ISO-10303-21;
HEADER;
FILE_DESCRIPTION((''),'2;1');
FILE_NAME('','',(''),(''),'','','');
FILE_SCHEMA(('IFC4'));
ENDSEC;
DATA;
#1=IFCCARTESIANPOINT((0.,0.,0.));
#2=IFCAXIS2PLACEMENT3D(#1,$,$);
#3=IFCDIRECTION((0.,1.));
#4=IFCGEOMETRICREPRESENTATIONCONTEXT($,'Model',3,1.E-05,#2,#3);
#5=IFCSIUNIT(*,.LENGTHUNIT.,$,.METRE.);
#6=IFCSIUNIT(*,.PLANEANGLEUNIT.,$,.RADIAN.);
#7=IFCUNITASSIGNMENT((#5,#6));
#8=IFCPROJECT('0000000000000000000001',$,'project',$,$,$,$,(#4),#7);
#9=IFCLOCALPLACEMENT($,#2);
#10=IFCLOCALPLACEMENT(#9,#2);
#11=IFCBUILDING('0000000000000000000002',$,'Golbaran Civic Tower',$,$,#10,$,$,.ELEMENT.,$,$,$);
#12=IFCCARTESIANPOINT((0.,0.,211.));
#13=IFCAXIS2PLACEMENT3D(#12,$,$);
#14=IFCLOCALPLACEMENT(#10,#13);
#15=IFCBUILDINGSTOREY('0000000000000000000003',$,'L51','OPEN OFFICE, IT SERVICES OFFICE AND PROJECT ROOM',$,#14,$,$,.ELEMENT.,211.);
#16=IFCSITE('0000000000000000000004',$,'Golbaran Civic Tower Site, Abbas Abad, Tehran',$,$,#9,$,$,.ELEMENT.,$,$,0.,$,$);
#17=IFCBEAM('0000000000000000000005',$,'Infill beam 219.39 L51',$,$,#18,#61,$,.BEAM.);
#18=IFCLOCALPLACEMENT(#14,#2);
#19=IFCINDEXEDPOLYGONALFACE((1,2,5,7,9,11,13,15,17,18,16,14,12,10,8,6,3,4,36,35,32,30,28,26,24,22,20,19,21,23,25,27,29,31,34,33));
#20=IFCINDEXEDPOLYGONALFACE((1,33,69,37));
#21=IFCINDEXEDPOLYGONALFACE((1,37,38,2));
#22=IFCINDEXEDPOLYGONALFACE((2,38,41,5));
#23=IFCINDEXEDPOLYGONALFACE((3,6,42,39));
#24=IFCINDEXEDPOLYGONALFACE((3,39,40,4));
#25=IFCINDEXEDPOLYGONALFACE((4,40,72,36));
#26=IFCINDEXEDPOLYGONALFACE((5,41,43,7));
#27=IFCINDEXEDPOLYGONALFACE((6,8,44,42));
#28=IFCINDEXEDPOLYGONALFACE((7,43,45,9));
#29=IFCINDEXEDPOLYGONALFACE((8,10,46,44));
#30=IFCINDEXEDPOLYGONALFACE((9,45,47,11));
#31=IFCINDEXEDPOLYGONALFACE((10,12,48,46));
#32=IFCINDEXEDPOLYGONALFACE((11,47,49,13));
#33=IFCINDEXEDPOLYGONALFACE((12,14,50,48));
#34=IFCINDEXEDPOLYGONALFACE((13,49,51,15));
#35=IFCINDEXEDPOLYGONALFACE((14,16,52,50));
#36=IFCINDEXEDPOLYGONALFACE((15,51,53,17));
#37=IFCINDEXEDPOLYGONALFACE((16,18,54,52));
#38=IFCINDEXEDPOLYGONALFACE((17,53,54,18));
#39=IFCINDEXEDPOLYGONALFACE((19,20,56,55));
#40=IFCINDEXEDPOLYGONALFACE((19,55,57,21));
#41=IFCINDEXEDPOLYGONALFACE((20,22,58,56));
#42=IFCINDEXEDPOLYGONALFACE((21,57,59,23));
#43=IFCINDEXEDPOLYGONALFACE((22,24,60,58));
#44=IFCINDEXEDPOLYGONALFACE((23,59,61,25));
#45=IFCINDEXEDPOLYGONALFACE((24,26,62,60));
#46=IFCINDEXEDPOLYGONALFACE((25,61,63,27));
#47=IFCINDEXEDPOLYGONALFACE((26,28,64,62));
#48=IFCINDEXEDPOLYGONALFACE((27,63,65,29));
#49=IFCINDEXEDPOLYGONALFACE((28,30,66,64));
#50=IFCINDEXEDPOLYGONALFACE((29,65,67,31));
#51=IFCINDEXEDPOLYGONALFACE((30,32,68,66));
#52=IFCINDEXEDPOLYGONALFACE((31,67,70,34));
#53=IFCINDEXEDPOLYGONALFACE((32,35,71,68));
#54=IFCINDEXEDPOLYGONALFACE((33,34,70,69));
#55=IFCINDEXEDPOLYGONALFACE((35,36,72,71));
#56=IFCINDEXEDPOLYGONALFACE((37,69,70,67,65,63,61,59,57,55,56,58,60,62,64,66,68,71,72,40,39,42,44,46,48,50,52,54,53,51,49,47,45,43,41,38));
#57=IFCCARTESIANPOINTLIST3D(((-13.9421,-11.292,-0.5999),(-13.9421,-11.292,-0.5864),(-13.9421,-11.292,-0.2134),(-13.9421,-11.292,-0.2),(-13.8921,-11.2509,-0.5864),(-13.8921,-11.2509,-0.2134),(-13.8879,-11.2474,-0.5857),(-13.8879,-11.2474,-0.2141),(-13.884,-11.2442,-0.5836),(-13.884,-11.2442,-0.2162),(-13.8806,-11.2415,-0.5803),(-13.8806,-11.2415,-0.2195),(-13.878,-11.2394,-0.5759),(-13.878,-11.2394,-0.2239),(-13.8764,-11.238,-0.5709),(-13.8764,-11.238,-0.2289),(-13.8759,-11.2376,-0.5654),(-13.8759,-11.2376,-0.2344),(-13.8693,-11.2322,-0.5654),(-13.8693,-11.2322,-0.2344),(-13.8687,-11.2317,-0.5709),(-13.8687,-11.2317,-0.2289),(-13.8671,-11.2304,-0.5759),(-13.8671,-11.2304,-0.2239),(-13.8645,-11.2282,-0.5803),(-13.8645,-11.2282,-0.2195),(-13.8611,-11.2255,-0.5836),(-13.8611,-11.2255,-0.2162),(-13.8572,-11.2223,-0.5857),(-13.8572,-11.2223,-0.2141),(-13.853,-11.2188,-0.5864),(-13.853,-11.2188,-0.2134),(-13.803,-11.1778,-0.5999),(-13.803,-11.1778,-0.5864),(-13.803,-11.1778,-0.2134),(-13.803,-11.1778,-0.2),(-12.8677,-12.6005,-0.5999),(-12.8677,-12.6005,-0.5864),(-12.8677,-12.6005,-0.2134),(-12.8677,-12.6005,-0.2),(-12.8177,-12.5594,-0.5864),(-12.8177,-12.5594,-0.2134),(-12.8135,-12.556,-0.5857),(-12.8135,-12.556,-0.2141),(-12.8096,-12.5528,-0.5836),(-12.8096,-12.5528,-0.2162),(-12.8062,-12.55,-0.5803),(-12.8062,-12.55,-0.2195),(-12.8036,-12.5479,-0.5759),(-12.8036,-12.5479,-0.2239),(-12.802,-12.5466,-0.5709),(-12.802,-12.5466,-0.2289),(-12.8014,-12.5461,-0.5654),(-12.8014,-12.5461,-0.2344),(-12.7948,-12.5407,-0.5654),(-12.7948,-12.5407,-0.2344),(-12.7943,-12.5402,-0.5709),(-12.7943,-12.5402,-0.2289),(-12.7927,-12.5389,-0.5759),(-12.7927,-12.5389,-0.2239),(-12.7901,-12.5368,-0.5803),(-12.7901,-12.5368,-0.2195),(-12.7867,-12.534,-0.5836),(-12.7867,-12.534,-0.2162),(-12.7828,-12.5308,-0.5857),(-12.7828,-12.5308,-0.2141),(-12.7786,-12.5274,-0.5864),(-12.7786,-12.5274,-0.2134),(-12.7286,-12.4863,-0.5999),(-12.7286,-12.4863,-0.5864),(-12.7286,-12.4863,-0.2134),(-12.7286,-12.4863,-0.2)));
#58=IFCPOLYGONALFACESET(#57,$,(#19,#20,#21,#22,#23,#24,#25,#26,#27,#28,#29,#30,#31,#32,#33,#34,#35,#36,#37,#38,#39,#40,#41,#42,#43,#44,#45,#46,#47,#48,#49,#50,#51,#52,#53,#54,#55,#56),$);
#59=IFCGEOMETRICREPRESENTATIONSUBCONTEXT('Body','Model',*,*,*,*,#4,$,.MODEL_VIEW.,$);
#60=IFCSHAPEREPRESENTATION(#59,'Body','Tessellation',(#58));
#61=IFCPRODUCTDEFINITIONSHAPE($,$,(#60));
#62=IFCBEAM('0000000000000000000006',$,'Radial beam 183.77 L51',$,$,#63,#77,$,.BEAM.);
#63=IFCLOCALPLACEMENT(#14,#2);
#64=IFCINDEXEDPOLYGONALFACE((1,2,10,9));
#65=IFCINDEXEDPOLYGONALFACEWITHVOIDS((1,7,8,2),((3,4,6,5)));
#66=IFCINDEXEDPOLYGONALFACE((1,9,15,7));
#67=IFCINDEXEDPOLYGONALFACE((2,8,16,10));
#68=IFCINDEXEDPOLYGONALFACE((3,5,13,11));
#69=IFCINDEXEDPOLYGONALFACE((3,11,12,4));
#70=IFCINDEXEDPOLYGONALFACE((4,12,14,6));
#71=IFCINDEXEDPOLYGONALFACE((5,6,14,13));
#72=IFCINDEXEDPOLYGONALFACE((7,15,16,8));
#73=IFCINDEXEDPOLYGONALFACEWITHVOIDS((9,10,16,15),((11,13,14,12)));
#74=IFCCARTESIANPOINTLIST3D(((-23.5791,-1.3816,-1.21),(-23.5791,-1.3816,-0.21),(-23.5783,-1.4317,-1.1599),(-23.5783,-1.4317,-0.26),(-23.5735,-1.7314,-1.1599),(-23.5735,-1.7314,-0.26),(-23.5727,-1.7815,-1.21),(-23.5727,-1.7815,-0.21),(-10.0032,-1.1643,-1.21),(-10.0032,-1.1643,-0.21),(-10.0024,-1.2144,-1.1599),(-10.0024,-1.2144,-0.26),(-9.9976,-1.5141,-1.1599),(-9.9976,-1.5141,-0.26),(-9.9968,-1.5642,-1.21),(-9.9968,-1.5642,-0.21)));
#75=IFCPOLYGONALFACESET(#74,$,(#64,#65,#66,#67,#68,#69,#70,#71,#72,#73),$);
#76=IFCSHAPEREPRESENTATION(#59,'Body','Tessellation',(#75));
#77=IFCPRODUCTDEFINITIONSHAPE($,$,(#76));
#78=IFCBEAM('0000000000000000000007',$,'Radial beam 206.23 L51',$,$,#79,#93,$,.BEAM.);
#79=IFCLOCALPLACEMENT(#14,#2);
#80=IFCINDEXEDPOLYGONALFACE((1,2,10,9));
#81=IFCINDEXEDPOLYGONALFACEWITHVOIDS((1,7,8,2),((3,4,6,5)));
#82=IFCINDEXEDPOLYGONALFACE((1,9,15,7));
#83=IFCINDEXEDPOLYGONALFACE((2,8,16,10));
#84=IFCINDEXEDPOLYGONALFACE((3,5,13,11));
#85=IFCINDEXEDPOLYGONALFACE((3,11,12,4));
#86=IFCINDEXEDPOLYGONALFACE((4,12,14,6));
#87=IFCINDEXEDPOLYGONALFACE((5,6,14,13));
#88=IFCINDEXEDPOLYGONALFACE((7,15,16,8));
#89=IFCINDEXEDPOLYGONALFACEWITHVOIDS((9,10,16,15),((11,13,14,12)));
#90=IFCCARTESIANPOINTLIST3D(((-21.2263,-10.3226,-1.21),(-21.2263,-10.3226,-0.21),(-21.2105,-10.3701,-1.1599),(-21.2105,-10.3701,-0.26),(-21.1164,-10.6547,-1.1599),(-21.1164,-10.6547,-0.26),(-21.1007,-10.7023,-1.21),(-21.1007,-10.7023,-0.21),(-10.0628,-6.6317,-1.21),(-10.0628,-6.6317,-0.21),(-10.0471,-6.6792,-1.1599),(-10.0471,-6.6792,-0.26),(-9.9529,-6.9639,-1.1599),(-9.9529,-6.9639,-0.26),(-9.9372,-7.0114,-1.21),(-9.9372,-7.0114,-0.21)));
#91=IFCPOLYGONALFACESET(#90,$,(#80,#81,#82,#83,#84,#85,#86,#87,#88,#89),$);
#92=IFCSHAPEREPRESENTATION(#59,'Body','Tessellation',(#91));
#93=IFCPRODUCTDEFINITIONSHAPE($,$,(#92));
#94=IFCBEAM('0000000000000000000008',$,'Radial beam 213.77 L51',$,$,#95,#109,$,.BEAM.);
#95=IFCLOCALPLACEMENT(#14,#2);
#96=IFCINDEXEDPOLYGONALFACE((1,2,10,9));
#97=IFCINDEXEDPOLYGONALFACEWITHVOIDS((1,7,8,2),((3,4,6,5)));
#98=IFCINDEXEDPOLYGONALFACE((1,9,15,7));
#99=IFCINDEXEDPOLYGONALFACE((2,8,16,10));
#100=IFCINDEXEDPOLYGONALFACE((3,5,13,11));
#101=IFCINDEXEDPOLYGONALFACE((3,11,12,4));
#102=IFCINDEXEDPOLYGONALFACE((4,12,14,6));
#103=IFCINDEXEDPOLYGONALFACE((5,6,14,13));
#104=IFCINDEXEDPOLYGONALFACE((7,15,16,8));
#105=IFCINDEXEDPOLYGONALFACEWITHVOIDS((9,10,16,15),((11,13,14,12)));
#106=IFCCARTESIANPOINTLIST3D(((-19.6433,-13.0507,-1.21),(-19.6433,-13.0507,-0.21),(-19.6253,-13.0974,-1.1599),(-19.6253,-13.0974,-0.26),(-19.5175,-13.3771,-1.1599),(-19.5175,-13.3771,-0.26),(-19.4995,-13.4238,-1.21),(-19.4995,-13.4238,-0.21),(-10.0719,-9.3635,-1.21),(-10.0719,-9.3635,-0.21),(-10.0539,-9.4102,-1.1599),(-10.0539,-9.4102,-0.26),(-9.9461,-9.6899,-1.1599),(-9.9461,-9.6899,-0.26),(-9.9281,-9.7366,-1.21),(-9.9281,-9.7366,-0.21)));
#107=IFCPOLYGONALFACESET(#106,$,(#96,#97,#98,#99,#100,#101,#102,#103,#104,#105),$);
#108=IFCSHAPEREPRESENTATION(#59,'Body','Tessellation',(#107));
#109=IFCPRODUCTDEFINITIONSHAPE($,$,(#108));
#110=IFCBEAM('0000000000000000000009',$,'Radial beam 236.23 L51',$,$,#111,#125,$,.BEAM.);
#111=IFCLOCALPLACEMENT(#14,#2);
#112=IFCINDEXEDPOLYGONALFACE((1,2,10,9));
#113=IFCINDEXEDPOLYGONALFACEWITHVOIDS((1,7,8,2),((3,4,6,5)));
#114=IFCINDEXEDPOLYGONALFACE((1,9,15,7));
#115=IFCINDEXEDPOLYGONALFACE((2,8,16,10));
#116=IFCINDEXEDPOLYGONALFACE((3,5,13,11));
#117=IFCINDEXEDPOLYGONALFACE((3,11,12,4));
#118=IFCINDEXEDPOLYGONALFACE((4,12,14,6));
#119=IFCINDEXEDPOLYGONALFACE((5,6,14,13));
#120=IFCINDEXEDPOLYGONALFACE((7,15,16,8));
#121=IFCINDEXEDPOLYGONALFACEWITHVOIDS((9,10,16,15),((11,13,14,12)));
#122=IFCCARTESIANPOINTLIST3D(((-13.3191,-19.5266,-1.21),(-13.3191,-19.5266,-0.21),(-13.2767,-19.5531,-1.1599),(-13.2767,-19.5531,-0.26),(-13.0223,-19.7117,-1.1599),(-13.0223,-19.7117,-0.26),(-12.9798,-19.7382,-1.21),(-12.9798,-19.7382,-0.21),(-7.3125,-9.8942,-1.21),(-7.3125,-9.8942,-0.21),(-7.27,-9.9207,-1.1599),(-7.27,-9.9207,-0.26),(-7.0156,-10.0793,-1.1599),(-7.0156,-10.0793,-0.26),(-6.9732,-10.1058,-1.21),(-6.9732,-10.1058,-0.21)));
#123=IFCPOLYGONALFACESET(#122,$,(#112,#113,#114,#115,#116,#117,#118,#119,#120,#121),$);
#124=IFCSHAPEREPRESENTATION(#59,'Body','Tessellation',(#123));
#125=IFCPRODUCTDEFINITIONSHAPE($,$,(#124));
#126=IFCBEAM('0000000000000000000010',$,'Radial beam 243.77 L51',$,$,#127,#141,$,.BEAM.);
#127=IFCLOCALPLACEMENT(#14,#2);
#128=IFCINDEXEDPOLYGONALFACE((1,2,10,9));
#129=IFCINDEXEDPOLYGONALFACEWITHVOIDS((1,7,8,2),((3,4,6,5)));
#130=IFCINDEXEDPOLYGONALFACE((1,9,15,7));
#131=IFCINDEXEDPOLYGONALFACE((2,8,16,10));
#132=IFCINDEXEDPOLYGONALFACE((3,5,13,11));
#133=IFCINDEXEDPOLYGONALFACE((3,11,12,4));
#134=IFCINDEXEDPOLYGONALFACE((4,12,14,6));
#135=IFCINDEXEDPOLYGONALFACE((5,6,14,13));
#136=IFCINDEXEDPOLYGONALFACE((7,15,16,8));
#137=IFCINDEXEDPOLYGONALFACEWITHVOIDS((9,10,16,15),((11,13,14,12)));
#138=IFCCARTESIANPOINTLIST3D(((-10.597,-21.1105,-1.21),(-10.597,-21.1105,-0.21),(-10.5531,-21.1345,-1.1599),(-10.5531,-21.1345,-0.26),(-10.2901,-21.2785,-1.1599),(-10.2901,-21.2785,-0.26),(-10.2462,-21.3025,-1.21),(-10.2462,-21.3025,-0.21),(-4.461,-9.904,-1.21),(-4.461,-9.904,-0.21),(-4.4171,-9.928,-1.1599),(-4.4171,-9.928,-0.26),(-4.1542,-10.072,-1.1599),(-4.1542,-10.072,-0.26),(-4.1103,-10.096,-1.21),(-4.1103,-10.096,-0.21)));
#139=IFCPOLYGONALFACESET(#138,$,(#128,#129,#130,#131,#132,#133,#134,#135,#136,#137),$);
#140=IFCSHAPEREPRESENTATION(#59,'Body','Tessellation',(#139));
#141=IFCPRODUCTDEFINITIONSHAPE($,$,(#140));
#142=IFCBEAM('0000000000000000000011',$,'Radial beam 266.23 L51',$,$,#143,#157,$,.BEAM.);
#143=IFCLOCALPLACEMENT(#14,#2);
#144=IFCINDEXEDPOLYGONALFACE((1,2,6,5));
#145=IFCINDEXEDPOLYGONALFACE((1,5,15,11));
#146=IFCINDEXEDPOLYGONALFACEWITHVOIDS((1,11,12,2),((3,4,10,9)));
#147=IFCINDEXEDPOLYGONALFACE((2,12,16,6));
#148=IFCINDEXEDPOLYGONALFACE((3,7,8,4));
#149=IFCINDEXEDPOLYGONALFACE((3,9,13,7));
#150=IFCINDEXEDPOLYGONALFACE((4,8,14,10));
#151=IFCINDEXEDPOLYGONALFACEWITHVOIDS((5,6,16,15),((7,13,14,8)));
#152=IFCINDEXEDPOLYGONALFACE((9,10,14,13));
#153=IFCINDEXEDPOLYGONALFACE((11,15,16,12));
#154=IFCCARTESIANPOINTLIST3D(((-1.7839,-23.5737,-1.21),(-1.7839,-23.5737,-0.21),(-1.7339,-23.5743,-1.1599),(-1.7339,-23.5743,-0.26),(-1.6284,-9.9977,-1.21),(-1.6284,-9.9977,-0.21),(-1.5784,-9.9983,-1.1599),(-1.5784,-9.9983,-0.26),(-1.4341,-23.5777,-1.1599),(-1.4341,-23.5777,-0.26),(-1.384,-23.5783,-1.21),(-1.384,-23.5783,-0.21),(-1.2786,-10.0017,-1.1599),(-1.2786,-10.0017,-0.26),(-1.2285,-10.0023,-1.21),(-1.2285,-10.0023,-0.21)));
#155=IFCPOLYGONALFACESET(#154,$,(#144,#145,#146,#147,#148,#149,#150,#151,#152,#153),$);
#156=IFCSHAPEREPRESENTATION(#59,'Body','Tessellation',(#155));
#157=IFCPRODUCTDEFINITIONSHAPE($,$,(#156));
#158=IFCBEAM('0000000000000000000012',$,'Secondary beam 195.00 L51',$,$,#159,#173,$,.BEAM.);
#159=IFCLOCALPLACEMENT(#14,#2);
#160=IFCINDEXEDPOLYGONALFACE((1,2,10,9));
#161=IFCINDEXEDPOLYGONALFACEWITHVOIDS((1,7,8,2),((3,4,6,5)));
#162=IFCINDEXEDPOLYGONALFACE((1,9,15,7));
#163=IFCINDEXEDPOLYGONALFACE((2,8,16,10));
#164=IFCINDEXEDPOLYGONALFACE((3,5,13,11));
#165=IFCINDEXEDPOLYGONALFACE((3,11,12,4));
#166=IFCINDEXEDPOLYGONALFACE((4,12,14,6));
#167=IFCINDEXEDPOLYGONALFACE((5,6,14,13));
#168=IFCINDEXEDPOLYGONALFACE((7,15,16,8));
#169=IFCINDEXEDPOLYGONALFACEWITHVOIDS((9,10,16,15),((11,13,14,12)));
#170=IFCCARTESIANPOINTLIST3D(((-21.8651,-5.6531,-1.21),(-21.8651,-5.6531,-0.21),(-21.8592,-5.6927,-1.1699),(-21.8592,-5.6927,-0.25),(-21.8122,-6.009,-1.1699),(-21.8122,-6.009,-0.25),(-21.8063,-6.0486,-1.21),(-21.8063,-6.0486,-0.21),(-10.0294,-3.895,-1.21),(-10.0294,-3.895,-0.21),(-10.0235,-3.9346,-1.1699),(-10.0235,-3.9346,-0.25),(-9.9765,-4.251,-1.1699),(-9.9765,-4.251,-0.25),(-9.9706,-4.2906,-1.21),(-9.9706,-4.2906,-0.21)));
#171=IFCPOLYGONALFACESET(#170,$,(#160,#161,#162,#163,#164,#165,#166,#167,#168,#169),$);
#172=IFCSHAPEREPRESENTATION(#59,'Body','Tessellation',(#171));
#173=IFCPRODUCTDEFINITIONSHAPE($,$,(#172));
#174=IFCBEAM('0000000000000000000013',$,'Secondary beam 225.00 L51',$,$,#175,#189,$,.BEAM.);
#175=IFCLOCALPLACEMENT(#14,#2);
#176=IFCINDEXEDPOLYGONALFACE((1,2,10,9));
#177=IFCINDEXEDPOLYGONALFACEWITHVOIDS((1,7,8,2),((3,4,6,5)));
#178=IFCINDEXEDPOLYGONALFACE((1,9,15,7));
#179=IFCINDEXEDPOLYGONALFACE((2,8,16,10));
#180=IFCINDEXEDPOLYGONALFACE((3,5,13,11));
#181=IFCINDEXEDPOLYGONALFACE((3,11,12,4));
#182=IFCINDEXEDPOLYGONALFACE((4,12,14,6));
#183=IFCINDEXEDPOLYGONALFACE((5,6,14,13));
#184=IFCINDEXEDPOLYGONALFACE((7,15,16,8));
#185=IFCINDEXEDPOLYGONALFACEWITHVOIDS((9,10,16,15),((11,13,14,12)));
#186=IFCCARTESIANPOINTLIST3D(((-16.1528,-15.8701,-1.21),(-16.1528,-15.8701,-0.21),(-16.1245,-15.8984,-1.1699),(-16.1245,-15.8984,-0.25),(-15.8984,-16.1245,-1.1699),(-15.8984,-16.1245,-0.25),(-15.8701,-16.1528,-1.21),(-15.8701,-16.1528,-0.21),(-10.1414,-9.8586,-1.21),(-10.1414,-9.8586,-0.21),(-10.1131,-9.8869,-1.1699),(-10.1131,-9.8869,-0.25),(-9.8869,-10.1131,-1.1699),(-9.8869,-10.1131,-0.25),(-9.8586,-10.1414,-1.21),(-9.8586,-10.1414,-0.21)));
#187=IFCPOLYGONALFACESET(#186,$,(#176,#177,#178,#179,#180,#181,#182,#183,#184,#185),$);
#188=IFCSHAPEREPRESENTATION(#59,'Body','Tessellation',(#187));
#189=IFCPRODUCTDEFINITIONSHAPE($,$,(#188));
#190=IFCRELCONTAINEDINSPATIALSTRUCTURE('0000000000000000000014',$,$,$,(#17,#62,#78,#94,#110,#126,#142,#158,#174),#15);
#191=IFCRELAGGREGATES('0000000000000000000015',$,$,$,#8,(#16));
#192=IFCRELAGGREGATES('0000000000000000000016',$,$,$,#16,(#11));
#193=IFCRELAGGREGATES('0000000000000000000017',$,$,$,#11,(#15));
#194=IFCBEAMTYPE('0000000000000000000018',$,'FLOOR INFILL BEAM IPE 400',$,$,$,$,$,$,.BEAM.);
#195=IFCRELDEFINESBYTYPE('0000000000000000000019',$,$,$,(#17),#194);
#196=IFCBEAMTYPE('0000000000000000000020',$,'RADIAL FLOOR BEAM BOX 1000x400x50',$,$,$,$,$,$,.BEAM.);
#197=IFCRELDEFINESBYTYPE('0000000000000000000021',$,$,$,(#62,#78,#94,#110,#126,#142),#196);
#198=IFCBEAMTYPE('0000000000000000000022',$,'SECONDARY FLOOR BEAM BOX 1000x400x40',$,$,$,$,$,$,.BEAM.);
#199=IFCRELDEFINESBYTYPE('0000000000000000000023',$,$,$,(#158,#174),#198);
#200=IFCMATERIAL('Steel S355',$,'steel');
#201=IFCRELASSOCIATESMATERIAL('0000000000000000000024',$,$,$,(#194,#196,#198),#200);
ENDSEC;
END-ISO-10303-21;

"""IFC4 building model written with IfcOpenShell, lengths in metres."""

from ifc_helpers import new_model, si_unit, direction, frame, origin, origin_2d, place, context, subcontext, project, spatial, hollow_rectangle, i_section, extrude, material, material_profile, profile_set, type_object, element, save


model = new_model("IFC4")

# Units and contexts
model_context = context("Model", 3, precision=1e-05, world=origin(), true_north=direction((0.0, 1.0)))
body_context = subcontext(model_context, "Body", "Model", "MODEL_VIEW")
ifc_project = project(units=[si_unit("LENGTHUNIT", "METRE"), si_unit("PLANEANGLEUNIT", "RADIAN")], contexts=[model_context])

# Site, building, storey
site_placement = place(None, origin())
site = spatial("IfcSite", under=ifc_project, at=site_placement, Name="Golbaran Civic Tower Site, Abbas Abad, Tehran", CompositionType="ELEMENT", RefElevation=0.0)
building_placement = place(site_placement, origin())
building = spatial("IfcBuilding", under=site, at=building_placement, Name="Golbaran Civic Tower", CompositionType="ELEMENT")
storey_placement = place(building_placement, frame((0.0, 0.0, 211.0)))
storey = spatial("IfcBuildingStorey", under=building, at=storey_placement, Name="L51", Description="OPEN OFFICE, IT SERVICES OFFICE AND PROJECT ROOM", CompositionType="ELEMENT", Elevation=211.0)

# Beams
ifc_material_1 = material(Name="Steel S355", Category="steel")
ifc_material_profile_1 = material_profile(ifc_material_1, i_section(OverallWidth=0.1799, OverallDepth=0.3999, WebThickness=0.0085, FlangeThickness=0.0134, FilletRadius=0.021, at=origin_2d()), Name="IPE 400")
ifc_profile_set_1 = profile_set([ifc_material_profile_1], Name="Steel S355")
beam_type_1 = type_object("IfcBeamType", Name="FLOOR INFILL BEAM IPE 400", PredefinedType="BEAM", material=ifc_profile_set_1)
beam_1_placement = place(storey_placement, frame((-13.8726, -11.2349, -0.3999), z_axis=(0.63458, -0.772858, 0.0), x_axis=(0.772858, 0.63458, 0.0)))
element("IfcBeam", 1, at=beam_1_placement, inside=storey, type_object=beam_type_1, Name="Infill beam 219.39 L51", PredefinedType="BEAM", context=body_context, shape_type="SweptSolid", body=[
    extrude(i_section(OverallWidth=0.1799, OverallDepth=0.3999, WebThickness=0.0085, FlangeThickness=0.0134, FilletRadius=0.021, at=origin_2d()), origin(), (0.0, 0.0, 1.0), 1.6931),
])
ifc_material_profile_2 = material_profile(ifc_material_1, hollow_rectangle(XDim=0.3999, YDim=1.0, WallThickness=0.05, at=origin_2d()), Name="BOX 1000x400x50")
ifc_profile_set_2 = profile_set([ifc_material_profile_2], Name="Steel S355")
beam_type_2 = type_object("IfcBeamType", Name="RADIAL FLOOR BEAM BOX 1000x400x50", PredefinedType="BEAM", material=ifc_profile_set_2)
beam_2_placement = place(storey_placement, frame((-10.0, -1.3643, -0.71), z_axis=(-0.999872, -0.016003, 0.0), x_axis=(0.016003, -0.999872, 0.0)))
element("IfcBeam", 2, at=beam_2_placement, inside=storey, type_object=beam_type_2, Name="Radial beam 183.77 L51", PredefinedType="BEAM", context=body_context, shape_type="SweptSolid", body=[
    extrude(hollow_rectangle(XDim=0.3999, YDim=1.0, WallThickness=0.05, at=origin_2d()), origin(), (0.0, 0.0, 1.0), 13.5776),
])
beam_3_placement = place(storey_placement, frame((-10.0, -6.8215, -0.71), z_axis=(-0.949453, -0.31391, 0.0), x_axis=(0.31391, -0.949453, 0.0)))
element("IfcBeam", 3, at=beam_3_placement, inside=storey, type_object=beam_type_2, Name="Radial beam 206.23 L51", PredefinedType="BEAM", context=body_context, shape_type="SweptSolid", body=[
    extrude(hollow_rectangle(XDim=0.3999, YDim=1.0, WallThickness=0.05, at=origin_2d()), origin(), (0.0, 0.0, 1.0), 11.7578),
])
beam_4_placement = place(storey_placement, frame((-10.0, -9.55, -0.71), z_axis=(-0.933153, -0.35948, 0.0), x_axis=(0.35948, -0.933153, 0.0)))
element("IfcBeam", 4, at=beam_4_placement, inside=storey, type_object=beam_type_2, Name="Radial beam 213.77 L51", PredefinedType="BEAM", context=body_context, shape_type="SweptSolid", body=[
    extrude(hollow_rectangle(XDim=0.3999, YDim=1.0, WallThickness=0.05, at=origin_2d()), origin(), (0.0, 0.0, 1.0), 10.2571),
])
beam_5_placement = place(storey_placement, frame((-7.1428, -10.0, -0.71), z_axis=(-0.529136, -0.848537, 0.0), x_axis=(0.848537, -0.529136, 0.0)))
element("IfcBeam", 5, at=beam_5_placement, inside=storey, type_object=beam_type_2, Name="Radial beam 236.23 L51", PredefinedType="BEAM", context=body_context, shape_type="SweptSolid", body=[
    extrude(hollow_rectangle(XDim=0.3999, YDim=1.0, WallThickness=0.05, at=origin_2d()), origin(), (0.0, 0.0, 1.0), 11.3518),
])
beam_6_placement = place(storey_placement, frame((-4.2856, -10.0, -0.71), z_axis=(-0.480259, -0.877127, 0.0), x_axis=(0.877127, -0.480259, 0.0)))
element("IfcBeam", 6, at=beam_6_placement, inside=storey, type_object=beam_type_2, Name="Radial beam 243.77 L51", PredefinedType="BEAM", context=body_context, shape_type="SweptSolid", body=[
    extrude(hollow_rectangle(XDim=0.3999, YDim=1.0, WallThickness=0.05, at=origin_2d()), origin(), (0.0, 0.0, 1.0), 12.7764),
])
beam_7_placement = place(storey_placement, frame((-1.4285, -10.0, -0.71), z_axis=(-0.011455, -0.999934, 0.0), x_axis=(0.999934, -0.011455, 0.0)))
element("IfcBeam", 7, at=beam_7_placement, inside=storey, type_object=beam_type_2, Name="Radial beam 266.23 L51", PredefinedType="BEAM", context=body_context, shape_type="SweptSolid", body=[
    extrude(hollow_rectangle(XDim=0.3999, YDim=1.0, WallThickness=0.05, at=origin_2d()), origin(), (0.0, 0.0, 1.0), 13.5769),
])
ifc_material_profile_3 = material_profile(ifc_material_1, hollow_rectangle(XDim=0.3999, YDim=1.0, WallThickness=0.04, at=origin_2d()), Name="BOX 1000x400x40")
ifc_profile_set_3 = profile_set([ifc_material_profile_3], Name="Steel S355")
beam_type_3 = type_object("IfcBeamType", Name="SECONDARY FLOOR BEAM BOX 1000x400x40", PredefinedType="BEAM", material=ifc_profile_set_3)
beam_8_placement = place(storey_placement, frame((-10.0, -4.0928, -0.71), z_axis=(-0.989147, -0.146927, 0.0), x_axis=(0.146927, -0.989147, 0.0)))
element("IfcBeam", 8, at=beam_8_placement, inside=storey, type_object=beam_type_3, Name="Secondary beam 195.00 L51", PredefinedType="BEAM", context=body_context, shape_type="SweptSolid", body=[
    extrude(hollow_rectangle(XDim=0.3999, YDim=1.0, WallThickness=0.04, at=origin_2d()), origin(), (0.0, 0.0, 1.0), 11.9656),
])
beam_9_placement = place(storey_placement, frame((-10.0, -10.0, -0.71), z_axis=(-0.707107, -0.707107, 0.0), x_axis=(0.707107, -0.707107, 0.0)))
element("IfcBeam", 9, at=beam_9_placement, inside=storey, type_object=beam_type_3, Name="Secondary beam 225.00 L51", PredefinedType="BEAM", context=body_context, shape_type="SweptSolid", body=[
    extrude(hollow_rectangle(XDim=0.3999, YDim=1.0, WallThickness=0.04, at=origin_2d()), origin(), (0.0, 0.0, 1.0), 8.5015),
])

save(model, "model.ifc")
